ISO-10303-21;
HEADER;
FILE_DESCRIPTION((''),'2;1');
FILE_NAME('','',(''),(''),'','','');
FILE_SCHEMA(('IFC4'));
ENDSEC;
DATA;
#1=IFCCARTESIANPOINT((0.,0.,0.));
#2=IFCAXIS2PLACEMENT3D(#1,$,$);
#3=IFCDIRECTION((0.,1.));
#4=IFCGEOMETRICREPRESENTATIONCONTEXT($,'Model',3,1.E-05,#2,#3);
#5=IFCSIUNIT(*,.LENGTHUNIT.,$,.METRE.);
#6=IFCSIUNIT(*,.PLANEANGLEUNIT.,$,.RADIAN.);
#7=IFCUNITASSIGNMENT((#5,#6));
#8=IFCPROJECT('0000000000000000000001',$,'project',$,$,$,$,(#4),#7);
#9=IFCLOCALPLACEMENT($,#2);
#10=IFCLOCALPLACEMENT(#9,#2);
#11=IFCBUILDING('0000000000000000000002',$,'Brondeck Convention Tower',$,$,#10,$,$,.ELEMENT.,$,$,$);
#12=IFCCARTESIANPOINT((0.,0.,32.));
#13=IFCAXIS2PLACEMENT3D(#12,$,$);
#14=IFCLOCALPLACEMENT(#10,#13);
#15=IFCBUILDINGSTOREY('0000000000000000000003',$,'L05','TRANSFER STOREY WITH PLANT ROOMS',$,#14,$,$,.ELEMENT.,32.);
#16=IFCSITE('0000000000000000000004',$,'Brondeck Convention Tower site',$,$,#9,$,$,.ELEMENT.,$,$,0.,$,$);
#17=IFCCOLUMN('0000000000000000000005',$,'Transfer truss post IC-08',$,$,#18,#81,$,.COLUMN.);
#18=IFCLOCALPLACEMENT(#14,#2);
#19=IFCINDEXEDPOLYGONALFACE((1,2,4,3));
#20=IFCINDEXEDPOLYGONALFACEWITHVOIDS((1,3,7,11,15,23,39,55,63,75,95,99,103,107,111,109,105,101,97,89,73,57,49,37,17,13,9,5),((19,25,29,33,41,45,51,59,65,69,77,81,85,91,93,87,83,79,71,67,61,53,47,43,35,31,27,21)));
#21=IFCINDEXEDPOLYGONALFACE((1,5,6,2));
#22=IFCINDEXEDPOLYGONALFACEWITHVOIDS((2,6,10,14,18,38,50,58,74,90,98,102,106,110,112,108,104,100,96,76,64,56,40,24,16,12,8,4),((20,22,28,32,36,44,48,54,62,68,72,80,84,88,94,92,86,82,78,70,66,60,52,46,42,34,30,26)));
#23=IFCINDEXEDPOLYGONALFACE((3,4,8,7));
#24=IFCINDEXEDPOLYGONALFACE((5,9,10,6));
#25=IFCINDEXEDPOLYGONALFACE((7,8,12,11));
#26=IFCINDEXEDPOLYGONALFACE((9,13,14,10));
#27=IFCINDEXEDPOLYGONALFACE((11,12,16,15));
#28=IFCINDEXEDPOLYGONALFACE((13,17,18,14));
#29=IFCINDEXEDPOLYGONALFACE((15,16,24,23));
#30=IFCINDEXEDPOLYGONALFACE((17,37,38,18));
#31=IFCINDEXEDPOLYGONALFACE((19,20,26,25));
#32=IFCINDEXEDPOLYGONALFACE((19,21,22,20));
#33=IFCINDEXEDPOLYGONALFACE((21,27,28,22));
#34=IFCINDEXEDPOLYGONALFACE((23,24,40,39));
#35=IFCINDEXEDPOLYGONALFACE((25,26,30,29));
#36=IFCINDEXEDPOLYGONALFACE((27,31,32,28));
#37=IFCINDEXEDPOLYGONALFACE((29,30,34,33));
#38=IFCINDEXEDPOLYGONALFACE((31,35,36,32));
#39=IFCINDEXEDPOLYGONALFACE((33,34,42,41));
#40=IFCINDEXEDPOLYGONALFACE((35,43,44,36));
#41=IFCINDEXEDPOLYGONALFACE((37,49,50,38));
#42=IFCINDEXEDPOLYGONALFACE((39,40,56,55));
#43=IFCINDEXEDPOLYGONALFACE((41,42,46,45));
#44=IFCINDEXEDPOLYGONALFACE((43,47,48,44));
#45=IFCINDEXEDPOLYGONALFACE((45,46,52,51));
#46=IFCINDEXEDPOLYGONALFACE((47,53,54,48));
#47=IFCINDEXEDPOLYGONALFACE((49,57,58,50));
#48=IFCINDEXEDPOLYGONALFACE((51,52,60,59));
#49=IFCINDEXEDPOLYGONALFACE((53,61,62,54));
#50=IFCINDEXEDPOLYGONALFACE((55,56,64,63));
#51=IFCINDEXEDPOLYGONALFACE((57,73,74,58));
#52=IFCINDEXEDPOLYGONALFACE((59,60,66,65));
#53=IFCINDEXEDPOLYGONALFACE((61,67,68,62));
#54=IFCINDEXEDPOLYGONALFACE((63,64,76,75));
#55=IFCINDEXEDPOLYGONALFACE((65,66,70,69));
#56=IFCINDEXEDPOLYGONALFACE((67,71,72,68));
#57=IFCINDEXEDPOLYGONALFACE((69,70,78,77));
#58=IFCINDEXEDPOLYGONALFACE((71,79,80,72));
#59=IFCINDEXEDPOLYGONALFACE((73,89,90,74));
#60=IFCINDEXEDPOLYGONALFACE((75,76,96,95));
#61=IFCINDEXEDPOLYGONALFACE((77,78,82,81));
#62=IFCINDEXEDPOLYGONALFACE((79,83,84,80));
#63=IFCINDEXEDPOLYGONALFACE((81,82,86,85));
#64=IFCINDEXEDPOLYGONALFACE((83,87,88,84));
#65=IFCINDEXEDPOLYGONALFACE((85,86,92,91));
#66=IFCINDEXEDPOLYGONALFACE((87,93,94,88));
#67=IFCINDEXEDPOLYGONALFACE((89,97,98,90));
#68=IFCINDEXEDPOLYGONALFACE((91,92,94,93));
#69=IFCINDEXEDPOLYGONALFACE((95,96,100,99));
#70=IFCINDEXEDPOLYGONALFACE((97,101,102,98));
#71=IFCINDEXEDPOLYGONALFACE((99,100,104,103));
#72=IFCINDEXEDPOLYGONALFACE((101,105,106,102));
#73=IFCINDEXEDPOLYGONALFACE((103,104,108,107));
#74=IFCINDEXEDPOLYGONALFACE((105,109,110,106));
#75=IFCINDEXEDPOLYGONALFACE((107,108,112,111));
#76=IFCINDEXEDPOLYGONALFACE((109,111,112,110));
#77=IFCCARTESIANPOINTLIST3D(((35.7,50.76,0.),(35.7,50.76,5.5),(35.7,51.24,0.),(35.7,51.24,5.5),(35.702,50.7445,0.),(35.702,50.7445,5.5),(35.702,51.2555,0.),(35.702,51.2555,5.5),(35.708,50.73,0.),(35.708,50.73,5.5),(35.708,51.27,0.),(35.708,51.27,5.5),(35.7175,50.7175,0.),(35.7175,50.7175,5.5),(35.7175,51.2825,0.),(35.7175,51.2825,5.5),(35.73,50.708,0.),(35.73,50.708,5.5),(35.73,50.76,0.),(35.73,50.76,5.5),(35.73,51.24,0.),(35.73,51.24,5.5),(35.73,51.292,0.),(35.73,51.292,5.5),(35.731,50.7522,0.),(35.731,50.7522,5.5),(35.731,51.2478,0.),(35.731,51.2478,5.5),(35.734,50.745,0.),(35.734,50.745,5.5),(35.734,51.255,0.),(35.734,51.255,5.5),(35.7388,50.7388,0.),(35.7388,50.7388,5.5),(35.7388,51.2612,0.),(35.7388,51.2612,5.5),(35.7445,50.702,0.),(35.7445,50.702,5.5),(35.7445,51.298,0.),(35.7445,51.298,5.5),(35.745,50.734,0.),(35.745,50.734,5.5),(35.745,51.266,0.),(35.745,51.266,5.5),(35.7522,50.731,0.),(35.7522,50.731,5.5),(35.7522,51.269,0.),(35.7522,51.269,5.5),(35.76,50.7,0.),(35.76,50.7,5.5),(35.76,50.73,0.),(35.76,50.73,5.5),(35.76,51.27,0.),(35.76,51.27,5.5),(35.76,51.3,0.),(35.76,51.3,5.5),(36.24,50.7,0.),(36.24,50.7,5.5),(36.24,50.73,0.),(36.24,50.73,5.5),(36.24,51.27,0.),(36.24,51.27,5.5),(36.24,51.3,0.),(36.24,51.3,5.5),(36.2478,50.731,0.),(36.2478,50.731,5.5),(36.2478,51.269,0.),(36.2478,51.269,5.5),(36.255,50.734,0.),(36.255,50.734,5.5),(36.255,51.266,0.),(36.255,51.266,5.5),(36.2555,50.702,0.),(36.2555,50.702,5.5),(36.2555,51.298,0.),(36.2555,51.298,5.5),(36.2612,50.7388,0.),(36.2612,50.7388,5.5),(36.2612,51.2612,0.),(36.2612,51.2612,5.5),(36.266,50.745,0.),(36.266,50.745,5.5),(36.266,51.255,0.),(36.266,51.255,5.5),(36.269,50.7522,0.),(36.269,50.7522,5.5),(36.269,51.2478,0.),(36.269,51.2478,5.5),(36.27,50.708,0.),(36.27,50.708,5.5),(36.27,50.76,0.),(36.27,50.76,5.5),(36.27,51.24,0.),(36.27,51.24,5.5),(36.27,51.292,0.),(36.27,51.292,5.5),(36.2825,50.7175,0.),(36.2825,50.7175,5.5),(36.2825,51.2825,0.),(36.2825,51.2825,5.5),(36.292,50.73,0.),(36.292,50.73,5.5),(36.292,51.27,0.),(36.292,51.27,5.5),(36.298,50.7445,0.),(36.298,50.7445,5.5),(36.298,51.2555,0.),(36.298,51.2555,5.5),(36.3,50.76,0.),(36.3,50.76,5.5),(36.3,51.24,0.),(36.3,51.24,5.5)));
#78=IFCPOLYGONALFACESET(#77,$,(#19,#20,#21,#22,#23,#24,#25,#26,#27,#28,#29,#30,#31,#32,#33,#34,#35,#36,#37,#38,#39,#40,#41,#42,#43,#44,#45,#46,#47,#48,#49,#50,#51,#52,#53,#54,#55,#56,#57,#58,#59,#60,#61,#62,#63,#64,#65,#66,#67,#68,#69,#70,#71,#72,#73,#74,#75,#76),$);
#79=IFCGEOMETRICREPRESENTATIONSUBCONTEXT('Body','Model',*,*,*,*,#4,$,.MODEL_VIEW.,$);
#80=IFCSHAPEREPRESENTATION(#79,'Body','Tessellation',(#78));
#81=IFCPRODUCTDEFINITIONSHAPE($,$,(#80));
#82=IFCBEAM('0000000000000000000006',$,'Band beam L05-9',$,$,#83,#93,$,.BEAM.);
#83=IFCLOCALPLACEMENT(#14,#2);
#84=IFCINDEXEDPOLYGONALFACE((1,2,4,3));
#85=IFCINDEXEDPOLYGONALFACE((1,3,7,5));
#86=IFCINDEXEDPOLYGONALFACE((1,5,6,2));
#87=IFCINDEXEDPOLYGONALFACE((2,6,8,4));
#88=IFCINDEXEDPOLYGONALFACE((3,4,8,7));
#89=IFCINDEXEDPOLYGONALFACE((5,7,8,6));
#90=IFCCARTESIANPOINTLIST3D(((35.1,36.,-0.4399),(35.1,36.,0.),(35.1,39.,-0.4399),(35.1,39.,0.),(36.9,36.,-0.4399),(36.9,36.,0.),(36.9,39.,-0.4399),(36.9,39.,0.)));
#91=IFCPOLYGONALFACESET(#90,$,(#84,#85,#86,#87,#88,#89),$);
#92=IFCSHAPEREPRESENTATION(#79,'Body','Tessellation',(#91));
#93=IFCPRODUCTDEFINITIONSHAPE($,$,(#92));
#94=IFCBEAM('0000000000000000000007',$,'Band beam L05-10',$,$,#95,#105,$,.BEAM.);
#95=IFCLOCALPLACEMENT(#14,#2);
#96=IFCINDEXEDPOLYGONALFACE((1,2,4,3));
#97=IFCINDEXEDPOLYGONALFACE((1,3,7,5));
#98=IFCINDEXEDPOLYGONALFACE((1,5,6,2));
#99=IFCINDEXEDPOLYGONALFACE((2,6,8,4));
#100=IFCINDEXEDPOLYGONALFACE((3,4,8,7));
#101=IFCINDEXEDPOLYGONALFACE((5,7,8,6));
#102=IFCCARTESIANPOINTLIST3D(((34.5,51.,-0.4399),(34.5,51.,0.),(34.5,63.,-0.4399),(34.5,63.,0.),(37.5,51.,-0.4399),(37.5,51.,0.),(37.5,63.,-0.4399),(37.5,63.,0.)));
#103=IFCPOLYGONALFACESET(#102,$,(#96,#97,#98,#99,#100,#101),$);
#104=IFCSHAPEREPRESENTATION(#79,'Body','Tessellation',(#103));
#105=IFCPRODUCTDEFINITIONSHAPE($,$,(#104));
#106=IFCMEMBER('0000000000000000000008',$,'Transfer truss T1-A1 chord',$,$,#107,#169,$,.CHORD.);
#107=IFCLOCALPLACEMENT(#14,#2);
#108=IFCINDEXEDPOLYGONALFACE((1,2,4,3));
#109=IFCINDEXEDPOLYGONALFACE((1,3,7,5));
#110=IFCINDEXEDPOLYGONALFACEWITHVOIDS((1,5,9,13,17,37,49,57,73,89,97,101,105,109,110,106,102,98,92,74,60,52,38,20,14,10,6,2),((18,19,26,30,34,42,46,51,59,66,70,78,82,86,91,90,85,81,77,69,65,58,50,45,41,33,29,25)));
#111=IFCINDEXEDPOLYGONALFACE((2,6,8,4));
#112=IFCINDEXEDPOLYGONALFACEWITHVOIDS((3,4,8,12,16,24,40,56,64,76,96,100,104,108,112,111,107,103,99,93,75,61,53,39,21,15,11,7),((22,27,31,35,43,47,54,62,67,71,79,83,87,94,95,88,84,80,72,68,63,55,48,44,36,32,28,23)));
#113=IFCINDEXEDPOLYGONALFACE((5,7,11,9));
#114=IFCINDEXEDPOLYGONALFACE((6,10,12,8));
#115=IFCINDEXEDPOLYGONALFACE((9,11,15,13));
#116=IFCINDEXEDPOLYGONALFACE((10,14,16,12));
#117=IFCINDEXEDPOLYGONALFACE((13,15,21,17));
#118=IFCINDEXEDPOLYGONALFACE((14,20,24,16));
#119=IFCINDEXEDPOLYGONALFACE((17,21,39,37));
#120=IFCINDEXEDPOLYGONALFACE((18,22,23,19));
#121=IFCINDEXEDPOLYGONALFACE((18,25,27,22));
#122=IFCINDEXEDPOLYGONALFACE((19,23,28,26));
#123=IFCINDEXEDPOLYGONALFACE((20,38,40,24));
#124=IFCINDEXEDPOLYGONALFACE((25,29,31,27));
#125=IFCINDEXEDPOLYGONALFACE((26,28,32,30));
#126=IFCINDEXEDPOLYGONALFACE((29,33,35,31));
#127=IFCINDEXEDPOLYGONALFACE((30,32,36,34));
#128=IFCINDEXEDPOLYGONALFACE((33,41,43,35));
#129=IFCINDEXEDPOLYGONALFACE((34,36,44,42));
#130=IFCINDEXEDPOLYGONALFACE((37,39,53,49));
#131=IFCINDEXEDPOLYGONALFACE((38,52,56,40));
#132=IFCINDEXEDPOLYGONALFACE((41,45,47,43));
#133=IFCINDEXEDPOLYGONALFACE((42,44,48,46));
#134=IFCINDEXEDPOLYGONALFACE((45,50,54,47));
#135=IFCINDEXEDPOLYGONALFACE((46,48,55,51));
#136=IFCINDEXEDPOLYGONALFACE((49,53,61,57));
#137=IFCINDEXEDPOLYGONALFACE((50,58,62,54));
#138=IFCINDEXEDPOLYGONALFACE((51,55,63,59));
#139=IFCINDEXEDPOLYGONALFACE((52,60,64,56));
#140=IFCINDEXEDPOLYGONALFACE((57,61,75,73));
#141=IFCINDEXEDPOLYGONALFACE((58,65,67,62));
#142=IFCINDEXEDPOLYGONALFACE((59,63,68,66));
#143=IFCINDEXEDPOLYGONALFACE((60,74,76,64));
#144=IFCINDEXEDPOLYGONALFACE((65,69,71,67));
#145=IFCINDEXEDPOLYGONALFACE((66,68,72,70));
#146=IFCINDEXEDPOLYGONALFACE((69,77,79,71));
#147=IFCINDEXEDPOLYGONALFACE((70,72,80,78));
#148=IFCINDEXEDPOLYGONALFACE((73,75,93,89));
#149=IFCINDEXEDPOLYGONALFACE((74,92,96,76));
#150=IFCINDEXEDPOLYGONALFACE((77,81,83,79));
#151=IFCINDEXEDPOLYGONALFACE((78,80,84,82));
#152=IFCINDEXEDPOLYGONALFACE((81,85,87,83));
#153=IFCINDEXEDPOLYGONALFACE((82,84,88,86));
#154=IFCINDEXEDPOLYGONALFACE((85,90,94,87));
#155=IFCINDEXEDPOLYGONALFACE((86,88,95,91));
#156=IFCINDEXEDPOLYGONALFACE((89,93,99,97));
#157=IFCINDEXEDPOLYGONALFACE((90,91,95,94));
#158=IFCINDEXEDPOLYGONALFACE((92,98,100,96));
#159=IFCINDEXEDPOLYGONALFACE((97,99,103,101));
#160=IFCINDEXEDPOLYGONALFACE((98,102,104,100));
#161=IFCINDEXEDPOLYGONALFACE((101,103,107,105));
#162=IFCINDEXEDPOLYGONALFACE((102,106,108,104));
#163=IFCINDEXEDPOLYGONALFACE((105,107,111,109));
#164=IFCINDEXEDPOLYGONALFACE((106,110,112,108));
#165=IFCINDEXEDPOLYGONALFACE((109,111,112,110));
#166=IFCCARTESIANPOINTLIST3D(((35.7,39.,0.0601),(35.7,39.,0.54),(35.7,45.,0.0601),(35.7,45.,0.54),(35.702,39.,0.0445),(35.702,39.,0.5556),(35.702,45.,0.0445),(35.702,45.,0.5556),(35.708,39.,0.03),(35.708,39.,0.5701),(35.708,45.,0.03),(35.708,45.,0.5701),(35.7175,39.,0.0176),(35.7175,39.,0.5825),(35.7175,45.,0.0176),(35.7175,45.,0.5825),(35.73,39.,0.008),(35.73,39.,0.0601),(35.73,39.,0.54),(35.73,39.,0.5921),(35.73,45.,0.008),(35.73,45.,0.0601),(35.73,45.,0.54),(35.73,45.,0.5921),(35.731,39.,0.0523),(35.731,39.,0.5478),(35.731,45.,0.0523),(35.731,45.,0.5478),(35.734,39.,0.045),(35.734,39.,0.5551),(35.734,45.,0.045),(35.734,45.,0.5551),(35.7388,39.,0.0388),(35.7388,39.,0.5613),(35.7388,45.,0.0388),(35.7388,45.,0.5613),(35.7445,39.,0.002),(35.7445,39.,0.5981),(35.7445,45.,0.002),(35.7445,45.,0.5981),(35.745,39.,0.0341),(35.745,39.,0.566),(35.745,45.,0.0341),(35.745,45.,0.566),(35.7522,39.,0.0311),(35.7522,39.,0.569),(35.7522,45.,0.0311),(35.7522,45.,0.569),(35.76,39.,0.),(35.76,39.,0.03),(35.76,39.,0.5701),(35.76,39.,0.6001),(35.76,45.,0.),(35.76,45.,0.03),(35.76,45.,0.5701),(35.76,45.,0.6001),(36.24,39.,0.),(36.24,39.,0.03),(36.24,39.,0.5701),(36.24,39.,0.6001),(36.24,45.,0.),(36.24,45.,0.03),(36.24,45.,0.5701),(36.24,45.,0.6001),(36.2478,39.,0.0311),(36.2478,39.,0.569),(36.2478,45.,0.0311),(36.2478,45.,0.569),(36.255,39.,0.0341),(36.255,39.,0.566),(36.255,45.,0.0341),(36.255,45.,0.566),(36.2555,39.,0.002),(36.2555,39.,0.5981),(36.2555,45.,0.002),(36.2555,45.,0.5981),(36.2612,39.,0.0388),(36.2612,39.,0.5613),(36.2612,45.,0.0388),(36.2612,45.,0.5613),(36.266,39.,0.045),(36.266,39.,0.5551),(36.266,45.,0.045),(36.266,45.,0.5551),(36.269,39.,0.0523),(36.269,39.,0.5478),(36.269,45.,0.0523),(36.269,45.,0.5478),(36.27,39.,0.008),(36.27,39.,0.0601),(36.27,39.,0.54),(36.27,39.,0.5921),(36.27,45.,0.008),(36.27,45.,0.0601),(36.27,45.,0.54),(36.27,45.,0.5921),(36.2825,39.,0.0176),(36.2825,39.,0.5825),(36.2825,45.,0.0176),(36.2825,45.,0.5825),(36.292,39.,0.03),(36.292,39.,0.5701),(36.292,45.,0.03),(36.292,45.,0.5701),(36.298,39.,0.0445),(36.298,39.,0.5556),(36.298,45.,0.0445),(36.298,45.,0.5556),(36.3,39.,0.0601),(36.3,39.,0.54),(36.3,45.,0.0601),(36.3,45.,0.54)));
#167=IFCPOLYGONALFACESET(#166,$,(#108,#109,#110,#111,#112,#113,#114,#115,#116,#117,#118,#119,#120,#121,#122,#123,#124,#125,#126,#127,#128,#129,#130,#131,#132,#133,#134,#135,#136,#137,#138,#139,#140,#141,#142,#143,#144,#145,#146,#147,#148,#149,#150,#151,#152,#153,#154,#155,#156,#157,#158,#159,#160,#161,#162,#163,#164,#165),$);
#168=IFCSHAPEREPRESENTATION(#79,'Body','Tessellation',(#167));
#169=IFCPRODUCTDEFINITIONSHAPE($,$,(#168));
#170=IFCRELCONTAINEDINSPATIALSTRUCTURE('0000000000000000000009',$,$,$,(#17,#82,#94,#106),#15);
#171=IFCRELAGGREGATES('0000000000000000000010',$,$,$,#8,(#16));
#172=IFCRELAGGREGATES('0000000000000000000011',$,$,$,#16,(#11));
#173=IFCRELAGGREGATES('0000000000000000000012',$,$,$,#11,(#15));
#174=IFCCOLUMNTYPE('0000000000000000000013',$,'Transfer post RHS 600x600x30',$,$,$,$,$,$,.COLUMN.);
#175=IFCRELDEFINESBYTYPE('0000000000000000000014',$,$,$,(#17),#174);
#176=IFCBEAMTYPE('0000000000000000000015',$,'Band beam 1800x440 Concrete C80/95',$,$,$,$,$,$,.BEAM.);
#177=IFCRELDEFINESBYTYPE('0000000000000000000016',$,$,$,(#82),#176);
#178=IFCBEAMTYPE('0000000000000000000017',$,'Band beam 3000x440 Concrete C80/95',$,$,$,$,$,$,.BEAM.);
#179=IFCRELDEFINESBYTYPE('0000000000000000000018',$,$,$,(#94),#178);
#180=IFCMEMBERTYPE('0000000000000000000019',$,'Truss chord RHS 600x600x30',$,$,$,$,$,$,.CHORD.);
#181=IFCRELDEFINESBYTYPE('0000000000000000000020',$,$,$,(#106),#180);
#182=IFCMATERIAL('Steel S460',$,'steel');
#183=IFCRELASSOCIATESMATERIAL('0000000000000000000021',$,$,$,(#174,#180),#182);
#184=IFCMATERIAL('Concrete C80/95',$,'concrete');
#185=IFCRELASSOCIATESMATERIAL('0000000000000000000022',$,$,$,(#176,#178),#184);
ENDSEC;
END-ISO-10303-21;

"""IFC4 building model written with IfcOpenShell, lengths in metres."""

from ifc_helpers import new_model, si_unit, direction, frame, origin, origin_2d, place, context, subcontext, project, spatial, rectangle, hollow_rectangle, extrude, material, material_profile, profile_set, type_object, element, save


model = new_model("IFC4")

# Units and contexts
model_context = context("Model", 3, precision=1e-05, world=origin(), true_north=direction((0.0, 1.0)))
body_context = subcontext(model_context, "Body", "Model", "MODEL_VIEW")
ifc_project = project(units=[si_unit("LENGTHUNIT", "METRE"), si_unit("PLANEANGLEUNIT", "RADIAN")], contexts=[model_context])

# Site, building, storey
site_placement = place(None, origin())
site = spatial("IfcSite", under=ifc_project, at=site_placement, Name="Brondeck Convention Tower site", CompositionType="ELEMENT", RefElevation=0.0)
building_placement = place(site_placement, origin())
building = spatial("IfcBuilding", under=site, at=building_placement, Name="Brondeck Convention Tower", CompositionType="ELEMENT")
storey_placement = place(building_placement, frame((0.0, 0.0, 32.0)))
storey = spatial("IfcBuildingStorey", under=building, at=storey_placement, Name="L05", Description="TRANSFER STOREY WITH PLANT ROOMS", CompositionType="ELEMENT", Elevation=32.0)

# Column
ifc_material_1 = material(Name="Steel S460", Category="steel")
ifc_material_profile_1 = material_profile(ifc_material_1, hollow_rectangle(XDim=0.6001, YDim=0.6001, WallThickness=0.03, InnerFilletRadius=0.03, OuterFilletRadius=0.0601, at=origin_2d()), Name="RHS 600x600x30")
ifc_profile_set_1 = profile_set([ifc_material_profile_1], Name="Steel S460")
column_type = type_object("IfcColumnType", Name="Transfer post RHS 600x600x30", PredefinedType="COLUMN", material=ifc_profile_set_1)
column_placement = place(storey_placement, frame((36.0, 51.0, 0.0), z_axis=(0.0, 0.0, 1.0), x_axis=(1.0, 0.0, 0.0)))
element("IfcColumn", 1, at=column_placement, inside=storey, type_object=column_type, Name="Transfer truss post IC-08", PredefinedType="COLUMN", context=body_context, shape_type="SweptSolid", body=[
    extrude(hollow_rectangle(XDim=0.6001, YDim=0.6001, WallThickness=0.03, InnerFilletRadius=0.03, OuterFilletRadius=0.0601, at=origin_2d()), origin(), (0.0, 0.0, 1.0), 5.5),
])

# Beams
ifc_material_2 = material(Name="Concrete C80/95", Category="concrete")
ifc_material_profile_2 = material_profile(ifc_material_2, rectangle(XDim=1.8, YDim=0.4399, at=origin_2d()), Name="Band beam 1800x440 Concrete C80/95")
ifc_profile_set_2 = profile_set([ifc_material_profile_2], Name="Concrete C80/95")
beam_type_1 = type_object("IfcBeamType", Name="Band beam 1800x440 Concrete C80/95", PredefinedType="BEAM", material=ifc_profile_set_2)
beam_1_placement = place(storey_placement, frame((36.0, 39.0, -0.22), z_axis=(0.0, -1.0, 0.0), x_axis=(1.0, 0.0, 0.0)))
element("IfcBeam", 2, at=beam_1_placement, inside=storey, type_object=beam_type_1, Name="Band beam L05-9", PredefinedType="BEAM", context=body_context, shape_type="SweptSolid", body=[
    extrude(rectangle(XDim=1.8, YDim=0.4399, at=origin_2d()), origin(), (0.0, 0.0, 1.0), 3.0),
])
ifc_material_profile_3 = material_profile(ifc_material_2, rectangle(XDim=3.0, YDim=0.4399, at=origin_2d()), Name="Band beam 3000x440 Concrete C80/95")
ifc_profile_set_3 = profile_set([ifc_material_profile_3], Name="Concrete C80/95")
beam_type_2 = type_object("IfcBeamType", Name="Band beam 3000x440 Concrete C80/95", PredefinedType="BEAM", material=ifc_profile_set_3)
beam_2_placement = place(storey_placement, frame((36.0, 51.0, -0.22), z_axis=(0.0, 1.0, 0.0), x_axis=(-1.0, 0.0, 0.0)))
element("IfcBeam", 3, at=beam_2_placement, inside=storey, type_object=beam_type_2, Name="Band beam L05-10", PredefinedType="BEAM", context=body_context, shape_type="SweptSolid", body=[
    extrude(rectangle(XDim=3.0, YDim=0.4399, at=origin_2d()), origin(), (0.0, 0.0, 1.0), 12.0),
])

# Member
ifc_material_profile_4 = material_profile(ifc_material_1, hollow_rectangle(XDim=0.6001, YDim=0.6001, WallThickness=0.03, InnerFilletRadius=0.03, OuterFilletRadius=0.0601, at=origin_2d()), Name="RHS 600x600x30")
ifc_profile_set_4 = profile_set([ifc_material_profile_4], Name="Steel S460")
member_type_1 = type_object("IfcMemberType", Name="Truss chord RHS 600x600x30", PredefinedType="CHORD", material=ifc_profile_set_4)
for number, where, z_axis, x_axis, name in (
    (4, (36.0, 39.0, 0.3), (0.0, 1.0, 0.0), (-1.0, 0.0, 0.0), "Transfer truss T1-A1 chord"),
):
    element("IfcMember", number, at=place(storey_placement, frame(where, z_axis=z_axis, x_axis=x_axis)), inside=storey, type_object=member_type_1, Name=name, PredefinedType="CHORD", context=body_context, shape_type="SweptSolid", body=[
        extrude(hollow_rectangle(XDim=0.6001, YDim=0.6001, WallThickness=0.03, InnerFilletRadius=0.03, OuterFilletRadius=0.0601, at=origin_2d()), origin(), (0.0, 0.0, 1.0), 6.0),
    ])

save(model, "model.ifc")
